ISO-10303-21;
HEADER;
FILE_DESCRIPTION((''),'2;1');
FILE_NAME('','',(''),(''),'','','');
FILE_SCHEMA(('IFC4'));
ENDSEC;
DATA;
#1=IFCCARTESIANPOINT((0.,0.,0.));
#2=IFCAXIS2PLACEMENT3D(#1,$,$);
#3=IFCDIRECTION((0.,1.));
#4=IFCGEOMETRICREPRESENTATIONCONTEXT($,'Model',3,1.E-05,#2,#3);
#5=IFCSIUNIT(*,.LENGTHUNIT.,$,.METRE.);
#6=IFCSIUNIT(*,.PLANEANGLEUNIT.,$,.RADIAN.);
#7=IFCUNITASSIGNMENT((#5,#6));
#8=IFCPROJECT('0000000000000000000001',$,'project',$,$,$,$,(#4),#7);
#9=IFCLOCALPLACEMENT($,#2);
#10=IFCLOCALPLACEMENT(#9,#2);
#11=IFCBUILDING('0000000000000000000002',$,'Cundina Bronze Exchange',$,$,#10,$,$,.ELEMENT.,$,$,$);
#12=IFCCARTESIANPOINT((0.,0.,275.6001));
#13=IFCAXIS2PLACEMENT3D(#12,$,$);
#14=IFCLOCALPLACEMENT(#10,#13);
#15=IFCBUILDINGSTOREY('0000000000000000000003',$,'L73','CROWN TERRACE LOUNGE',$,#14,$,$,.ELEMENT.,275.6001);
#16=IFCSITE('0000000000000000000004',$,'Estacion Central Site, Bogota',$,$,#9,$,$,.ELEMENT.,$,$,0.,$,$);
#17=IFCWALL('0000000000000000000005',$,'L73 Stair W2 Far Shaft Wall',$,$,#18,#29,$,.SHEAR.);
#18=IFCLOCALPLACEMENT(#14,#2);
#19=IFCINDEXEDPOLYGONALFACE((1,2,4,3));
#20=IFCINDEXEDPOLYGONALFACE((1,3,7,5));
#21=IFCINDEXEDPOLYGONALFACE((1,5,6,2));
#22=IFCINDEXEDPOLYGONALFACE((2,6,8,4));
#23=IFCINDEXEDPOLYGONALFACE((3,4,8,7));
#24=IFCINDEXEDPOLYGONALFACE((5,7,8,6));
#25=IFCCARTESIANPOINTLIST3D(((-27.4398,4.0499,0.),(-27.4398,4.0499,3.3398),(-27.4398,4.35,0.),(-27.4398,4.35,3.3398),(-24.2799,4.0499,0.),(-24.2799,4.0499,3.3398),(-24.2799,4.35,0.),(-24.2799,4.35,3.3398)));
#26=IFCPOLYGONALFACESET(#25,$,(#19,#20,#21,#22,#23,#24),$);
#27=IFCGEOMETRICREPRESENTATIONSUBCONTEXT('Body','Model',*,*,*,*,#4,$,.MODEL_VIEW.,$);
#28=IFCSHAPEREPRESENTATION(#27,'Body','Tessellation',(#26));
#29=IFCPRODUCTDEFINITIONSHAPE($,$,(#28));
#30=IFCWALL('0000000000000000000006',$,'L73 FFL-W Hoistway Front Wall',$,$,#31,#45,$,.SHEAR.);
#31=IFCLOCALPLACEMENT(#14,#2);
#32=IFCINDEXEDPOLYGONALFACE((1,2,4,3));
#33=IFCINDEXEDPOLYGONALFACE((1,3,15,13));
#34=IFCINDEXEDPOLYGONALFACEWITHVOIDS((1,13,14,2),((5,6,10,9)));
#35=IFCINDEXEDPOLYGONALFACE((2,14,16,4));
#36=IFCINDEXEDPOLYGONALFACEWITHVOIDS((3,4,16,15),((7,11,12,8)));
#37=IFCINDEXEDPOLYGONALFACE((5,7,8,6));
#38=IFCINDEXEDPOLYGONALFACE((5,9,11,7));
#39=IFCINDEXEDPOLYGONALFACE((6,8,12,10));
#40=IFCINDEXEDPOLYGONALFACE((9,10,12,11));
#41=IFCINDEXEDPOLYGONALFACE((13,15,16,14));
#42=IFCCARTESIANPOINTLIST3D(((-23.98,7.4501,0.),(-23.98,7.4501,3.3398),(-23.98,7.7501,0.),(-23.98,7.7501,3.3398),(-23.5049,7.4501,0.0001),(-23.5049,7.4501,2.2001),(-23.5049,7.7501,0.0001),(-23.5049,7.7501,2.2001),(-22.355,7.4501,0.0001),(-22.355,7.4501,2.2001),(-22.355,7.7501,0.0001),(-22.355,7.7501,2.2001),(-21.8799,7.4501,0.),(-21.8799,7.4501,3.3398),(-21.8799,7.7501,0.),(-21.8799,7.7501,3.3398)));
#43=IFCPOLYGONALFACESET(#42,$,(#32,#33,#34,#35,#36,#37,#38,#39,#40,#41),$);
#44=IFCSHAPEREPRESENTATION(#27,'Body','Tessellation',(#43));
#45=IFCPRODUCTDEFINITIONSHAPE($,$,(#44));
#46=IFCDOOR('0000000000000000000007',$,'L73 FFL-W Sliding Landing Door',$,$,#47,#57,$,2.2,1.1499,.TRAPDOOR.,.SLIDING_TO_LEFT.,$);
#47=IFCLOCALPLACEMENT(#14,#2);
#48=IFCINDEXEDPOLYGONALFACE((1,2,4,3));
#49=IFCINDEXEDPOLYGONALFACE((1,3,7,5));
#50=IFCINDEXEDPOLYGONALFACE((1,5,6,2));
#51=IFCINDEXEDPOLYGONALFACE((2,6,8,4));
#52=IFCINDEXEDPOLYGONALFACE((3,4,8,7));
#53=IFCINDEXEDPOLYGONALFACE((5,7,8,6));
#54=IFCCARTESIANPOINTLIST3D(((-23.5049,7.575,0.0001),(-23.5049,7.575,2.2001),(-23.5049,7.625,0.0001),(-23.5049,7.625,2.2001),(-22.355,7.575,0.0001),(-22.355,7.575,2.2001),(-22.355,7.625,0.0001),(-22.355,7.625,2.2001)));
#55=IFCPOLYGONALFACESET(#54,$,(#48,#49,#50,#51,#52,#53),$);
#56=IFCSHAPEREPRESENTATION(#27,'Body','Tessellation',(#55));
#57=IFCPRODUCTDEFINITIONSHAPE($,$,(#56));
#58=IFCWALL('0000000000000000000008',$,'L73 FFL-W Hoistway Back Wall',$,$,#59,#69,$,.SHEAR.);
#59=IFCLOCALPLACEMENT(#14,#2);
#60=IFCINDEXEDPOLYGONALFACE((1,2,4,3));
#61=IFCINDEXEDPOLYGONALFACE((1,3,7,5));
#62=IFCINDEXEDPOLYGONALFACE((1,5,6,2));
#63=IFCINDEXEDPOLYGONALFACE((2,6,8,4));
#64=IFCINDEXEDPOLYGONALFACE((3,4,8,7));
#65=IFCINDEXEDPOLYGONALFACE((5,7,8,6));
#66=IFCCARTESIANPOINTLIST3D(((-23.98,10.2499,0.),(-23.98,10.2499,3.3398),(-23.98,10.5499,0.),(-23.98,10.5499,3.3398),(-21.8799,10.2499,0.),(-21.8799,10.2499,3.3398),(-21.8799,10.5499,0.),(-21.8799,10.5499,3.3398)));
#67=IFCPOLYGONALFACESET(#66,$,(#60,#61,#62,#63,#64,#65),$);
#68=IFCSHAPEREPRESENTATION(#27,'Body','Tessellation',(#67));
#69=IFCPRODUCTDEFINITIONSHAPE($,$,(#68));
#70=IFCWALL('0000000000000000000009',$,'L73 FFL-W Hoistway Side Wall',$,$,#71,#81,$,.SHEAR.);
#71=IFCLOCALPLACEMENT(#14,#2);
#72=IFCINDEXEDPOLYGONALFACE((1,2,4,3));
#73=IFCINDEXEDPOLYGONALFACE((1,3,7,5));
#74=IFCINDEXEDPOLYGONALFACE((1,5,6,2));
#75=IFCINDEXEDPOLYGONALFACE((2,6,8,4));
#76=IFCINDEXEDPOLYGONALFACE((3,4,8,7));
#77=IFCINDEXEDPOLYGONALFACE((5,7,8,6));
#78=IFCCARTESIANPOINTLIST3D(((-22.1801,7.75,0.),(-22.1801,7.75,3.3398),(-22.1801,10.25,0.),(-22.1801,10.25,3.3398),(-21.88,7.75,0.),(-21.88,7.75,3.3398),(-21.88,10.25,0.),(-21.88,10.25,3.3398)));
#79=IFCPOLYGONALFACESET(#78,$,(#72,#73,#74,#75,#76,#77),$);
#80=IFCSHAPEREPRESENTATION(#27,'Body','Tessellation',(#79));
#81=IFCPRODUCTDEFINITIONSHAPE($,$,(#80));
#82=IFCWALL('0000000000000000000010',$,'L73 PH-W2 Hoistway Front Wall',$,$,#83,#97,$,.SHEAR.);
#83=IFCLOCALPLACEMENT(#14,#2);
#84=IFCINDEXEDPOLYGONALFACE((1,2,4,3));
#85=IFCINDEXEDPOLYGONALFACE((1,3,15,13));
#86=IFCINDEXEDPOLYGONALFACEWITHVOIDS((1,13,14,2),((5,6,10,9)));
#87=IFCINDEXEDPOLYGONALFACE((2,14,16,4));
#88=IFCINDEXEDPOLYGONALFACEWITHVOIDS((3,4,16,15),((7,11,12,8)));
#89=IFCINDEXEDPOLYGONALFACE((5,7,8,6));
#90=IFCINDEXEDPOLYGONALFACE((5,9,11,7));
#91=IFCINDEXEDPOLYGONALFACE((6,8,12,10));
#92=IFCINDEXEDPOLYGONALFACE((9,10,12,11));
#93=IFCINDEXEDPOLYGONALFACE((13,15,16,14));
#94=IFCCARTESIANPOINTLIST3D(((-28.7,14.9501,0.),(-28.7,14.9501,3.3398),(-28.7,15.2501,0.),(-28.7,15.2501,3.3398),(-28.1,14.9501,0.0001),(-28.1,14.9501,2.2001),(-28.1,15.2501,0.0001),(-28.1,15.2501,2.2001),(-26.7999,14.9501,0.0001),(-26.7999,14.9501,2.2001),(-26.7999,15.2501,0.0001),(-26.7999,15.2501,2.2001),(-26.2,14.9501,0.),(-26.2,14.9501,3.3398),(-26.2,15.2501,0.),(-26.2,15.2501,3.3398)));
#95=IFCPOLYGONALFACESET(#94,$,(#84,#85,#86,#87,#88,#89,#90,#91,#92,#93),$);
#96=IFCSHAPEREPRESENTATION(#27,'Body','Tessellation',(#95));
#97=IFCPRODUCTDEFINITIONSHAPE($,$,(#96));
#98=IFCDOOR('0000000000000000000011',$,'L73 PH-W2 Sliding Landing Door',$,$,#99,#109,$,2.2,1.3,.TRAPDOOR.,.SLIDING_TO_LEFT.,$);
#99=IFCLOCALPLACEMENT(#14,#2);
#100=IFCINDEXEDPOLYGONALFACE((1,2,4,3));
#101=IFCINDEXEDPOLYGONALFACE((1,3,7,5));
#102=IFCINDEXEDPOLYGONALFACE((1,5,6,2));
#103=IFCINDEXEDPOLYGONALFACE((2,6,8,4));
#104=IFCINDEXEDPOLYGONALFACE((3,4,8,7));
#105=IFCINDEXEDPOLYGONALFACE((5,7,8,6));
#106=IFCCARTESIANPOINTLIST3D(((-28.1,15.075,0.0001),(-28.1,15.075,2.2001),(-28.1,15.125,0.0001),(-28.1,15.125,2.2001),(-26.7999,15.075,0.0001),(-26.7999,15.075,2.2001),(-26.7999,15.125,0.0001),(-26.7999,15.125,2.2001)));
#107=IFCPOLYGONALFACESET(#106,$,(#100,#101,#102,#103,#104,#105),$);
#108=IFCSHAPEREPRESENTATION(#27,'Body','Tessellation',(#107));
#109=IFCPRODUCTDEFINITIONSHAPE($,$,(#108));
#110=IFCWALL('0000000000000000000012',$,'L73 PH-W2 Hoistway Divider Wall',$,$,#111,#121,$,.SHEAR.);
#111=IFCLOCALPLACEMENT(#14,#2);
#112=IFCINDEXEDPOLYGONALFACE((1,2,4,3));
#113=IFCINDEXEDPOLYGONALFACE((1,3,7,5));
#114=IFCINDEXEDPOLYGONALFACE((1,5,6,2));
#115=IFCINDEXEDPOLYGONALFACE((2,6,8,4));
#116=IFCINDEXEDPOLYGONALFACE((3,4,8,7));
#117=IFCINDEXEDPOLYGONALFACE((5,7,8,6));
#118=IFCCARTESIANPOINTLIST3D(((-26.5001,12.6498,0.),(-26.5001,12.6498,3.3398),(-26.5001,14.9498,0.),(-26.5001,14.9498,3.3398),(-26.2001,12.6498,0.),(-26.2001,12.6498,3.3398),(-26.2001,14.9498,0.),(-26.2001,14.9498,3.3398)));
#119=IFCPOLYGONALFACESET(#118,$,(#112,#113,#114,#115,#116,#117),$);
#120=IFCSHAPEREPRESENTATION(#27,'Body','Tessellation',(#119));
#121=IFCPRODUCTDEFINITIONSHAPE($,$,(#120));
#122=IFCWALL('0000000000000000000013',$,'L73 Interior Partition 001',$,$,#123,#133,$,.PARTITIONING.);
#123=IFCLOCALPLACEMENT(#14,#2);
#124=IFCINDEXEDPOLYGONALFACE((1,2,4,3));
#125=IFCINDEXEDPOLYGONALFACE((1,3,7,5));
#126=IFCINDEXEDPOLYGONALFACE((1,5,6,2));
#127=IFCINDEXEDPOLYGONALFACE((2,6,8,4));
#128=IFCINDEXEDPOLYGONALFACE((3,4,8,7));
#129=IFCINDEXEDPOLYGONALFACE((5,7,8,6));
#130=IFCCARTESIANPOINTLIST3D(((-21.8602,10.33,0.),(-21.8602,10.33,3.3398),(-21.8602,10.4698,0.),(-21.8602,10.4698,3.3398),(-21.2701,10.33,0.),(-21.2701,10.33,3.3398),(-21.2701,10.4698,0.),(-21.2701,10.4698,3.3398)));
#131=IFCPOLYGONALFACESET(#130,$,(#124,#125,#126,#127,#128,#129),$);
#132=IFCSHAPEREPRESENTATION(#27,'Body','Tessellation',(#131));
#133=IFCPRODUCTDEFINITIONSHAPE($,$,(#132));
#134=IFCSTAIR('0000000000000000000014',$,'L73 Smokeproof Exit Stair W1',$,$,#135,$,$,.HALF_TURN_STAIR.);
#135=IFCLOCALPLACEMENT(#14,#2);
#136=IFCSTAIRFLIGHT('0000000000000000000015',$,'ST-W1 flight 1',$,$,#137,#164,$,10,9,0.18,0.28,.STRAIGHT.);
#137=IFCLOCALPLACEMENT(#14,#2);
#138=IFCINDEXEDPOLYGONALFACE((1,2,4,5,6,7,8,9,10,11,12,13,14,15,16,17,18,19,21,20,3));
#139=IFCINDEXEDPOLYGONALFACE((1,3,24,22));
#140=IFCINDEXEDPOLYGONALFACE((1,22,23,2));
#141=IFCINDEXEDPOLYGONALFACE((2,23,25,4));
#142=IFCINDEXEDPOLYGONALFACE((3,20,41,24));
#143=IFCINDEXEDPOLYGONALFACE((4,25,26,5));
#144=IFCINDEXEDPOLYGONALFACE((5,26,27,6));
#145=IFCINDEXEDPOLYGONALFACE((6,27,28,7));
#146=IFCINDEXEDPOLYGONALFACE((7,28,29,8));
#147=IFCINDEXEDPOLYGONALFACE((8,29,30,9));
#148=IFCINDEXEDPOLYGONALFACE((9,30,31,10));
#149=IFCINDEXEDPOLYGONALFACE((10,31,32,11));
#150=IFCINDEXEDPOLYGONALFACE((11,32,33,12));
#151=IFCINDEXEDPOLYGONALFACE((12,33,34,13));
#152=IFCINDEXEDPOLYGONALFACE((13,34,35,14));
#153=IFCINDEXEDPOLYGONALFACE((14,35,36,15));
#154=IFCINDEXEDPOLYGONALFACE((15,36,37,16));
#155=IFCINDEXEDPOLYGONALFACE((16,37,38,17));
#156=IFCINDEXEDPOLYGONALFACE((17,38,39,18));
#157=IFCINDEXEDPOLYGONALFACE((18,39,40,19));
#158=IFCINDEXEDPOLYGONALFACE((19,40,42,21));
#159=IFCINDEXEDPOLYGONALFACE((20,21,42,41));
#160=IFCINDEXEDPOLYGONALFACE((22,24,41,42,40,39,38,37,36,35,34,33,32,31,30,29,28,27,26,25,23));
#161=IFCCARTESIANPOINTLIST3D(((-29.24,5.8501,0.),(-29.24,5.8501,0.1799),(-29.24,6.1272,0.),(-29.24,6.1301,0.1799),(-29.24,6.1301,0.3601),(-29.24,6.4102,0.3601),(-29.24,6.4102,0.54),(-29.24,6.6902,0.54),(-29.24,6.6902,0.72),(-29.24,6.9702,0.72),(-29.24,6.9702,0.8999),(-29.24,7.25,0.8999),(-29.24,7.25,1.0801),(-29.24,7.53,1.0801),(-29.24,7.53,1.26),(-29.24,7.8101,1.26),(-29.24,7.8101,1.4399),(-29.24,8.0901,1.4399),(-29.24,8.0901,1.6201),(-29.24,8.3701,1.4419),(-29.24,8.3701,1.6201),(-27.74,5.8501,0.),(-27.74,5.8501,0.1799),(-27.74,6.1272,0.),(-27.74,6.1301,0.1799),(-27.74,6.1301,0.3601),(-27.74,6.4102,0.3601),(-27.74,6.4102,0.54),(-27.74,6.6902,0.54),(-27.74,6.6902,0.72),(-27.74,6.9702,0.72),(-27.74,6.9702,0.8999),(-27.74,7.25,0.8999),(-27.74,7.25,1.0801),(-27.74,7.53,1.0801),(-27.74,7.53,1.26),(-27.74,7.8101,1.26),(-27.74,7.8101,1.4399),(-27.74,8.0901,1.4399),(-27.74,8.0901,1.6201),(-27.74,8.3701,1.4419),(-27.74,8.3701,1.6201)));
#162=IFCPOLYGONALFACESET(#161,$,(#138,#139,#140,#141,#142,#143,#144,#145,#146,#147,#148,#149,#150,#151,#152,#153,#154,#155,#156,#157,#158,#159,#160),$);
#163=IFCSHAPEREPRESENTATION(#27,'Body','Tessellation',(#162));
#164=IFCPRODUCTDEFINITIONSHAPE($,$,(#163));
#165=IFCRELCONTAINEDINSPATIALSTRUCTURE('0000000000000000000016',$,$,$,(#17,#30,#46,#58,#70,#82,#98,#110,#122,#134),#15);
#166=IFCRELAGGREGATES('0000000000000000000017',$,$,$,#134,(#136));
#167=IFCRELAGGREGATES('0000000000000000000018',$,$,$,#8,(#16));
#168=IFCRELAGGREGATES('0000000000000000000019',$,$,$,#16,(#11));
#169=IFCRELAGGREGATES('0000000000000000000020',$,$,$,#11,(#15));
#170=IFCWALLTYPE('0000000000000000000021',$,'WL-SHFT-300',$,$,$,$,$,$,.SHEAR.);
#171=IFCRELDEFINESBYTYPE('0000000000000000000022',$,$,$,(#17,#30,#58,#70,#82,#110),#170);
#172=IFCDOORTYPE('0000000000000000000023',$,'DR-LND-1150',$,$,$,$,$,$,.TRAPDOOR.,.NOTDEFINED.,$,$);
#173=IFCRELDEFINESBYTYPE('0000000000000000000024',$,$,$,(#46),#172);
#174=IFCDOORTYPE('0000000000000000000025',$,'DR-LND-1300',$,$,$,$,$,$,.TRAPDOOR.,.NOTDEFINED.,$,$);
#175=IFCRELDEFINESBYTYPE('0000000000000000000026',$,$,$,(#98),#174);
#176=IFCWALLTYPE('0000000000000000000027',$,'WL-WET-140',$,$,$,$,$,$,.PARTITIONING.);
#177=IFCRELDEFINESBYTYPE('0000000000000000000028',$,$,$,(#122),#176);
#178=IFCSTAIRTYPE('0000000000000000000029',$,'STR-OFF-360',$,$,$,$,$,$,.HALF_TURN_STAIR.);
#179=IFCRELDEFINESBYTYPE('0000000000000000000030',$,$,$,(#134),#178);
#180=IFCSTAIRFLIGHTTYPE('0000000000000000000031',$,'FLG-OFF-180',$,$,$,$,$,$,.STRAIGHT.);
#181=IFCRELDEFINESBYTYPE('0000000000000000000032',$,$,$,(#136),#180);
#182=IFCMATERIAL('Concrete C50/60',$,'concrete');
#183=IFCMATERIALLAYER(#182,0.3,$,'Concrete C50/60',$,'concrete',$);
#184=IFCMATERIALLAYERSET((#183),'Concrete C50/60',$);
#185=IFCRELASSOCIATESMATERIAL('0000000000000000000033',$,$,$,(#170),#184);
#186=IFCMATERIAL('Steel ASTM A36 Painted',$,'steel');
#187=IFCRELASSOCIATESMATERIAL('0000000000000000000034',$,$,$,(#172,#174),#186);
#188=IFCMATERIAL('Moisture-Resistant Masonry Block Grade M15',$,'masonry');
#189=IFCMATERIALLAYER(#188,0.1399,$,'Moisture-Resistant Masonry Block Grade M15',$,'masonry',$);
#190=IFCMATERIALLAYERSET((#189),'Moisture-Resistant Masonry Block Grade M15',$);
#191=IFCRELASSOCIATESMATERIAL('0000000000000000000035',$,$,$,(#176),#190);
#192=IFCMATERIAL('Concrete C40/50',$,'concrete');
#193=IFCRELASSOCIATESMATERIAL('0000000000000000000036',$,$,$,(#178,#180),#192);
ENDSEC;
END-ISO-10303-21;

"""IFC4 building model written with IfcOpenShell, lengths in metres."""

from ifc_helpers import new_model, si_unit, direction, frame, frame_2d, origin, place, context, subcontext, project, spatial, polyline, rectangle, outline, extrude, material, layer, layer_set, type_object, element, fill, aggregate, save


model = new_model("IFC4")

# Units and contexts
model_context = context("Model", 3, precision=1e-05, world=origin(), true_north=direction((0.0, 1.0)))
body_context = subcontext(model_context, "Body", "Model", "MODEL_VIEW")
ifc_project = project(units=[si_unit("LENGTHUNIT", "METRE"), si_unit("PLANEANGLEUNIT", "RADIAN")], contexts=[model_context])

# Site, building, storey
site_placement = place(None, origin())
site = spatial("IfcSite", under=ifc_project, at=site_placement, Name="Estacion Central Site, Bogota", CompositionType="ELEMENT", RefElevation=0.0)
building_placement = place(site_placement, origin())
building = spatial("IfcBuilding", under=site, at=building_placement, Name="Cundina Bronze Exchange", CompositionType="ELEMENT")
storey_placement = place(building_placement, frame((0.0, 0.0, 275.6001)))
storey = spatial("IfcBuildingStorey", under=building, at=storey_placement, Name="L73", Description="CROWN TERRACE LOUNGE", CompositionType="ELEMENT", Elevation=275.6001)

# Shared definitions
ifc_material_1 = material(Name="Concrete C50/60", Category="concrete")
ifc_layer_1 = layer(ifc_material_1, 0.3, Name="Concrete C50/60", Category="concrete")
ifc_layer_set_1 = layer_set([ifc_layer_1], Name="Concrete C50/60")
wall_type_1 = type_object("IfcWallType", Name="WL-SHFT-300", PredefinedType="SHEAR", material=ifc_layer_set_1)
ifc_material_2 = material(Name="Steel ASTM A36 Painted", Category="steel")

# Wall
wall_1_placement = place(storey_placement, frame((-27.4399, 4.2, 0.0), z_axis=(0.0, 0.0, 1.0), x_axis=(1.0, 0.0, 0.0)))
element("IfcWall", 1, at=wall_1_placement, inside=storey, type_object=wall_type_1, Name="L73 Stair W2 Far Shaft Wall", PredefinedType="SHEAR", context=body_context, shape_type="SweptSolid", body=[
    extrude(rectangle(XDim=3.1599, YDim=0.3, at=frame_2d((1.5801, 0.0))), origin(), (0.0, 0.0, 1.0), 3.3398),
])

# Wall, opening, door
wall_2_placement = place(storey_placement, frame((-23.98, 7.6001, 0.0), z_axis=(0.0, 0.0, 1.0), x_axis=(1.0, 0.0, 0.0)))
wall_2 = element("IfcWall", 2, at=wall_2_placement, inside=storey, type_object=wall_type_1, Name="L73 FFL-W Hoistway Front Wall", PredefinedType="SHEAR", context=body_context, shape_type="SweptSolid", body=[
    extrude(rectangle(XDim=2.1001, YDim=0.3, at=frame_2d((1.05, 0.0))), origin(), (0.0, 0.0, 1.0), 3.3398),
])
opening_1_placement = place(wall_2_placement, frame((0.4751, 0.0, 0.0)))
opening_1 = element("IfcOpeningElement", 3, at=opening_1_placement, cuts=wall_2, PredefinedType="OPENING", context=body_context, shape_type="SweptSolid", body=[
    extrude(rectangle(XDim=1.1499, YDim=2.2, at=frame_2d((0.575, 1.1001))), frame((0.0, 0.1599, 0.0), z_axis=(0.0, -1.0, 0.0), x_axis=(1.0, 0.0, 0.0)), (0.0, 0.0, 1.0), 0.3201),
])
door_type_1 = type_object("IfcDoorType", Name="DR-LND-1150", OperationType="NOTDEFINED", PredefinedType="TRAPDOOR", material=ifc_material_2)
door_1_placement = place(opening_1_placement, origin())
door_1 = element("IfcDoor", 4, at=door_1_placement, inside=storey, type_object=door_type_1, Name="L73 FFL-W Sliding Landing Door", OperationType="SLIDING_TO_LEFT", OverallHeight=2.2, OverallWidth=1.1499, PredefinedType="TRAPDOOR", context=body_context, shape_type="SweptSolid", body=[
    extrude(rectangle(XDim=1.1499, YDim=2.2, at=frame_2d((0.575, 1.1001))), frame((0.0, 0.0249, 0.0), z_axis=(0.0, -1.0, 0.0), x_axis=(1.0, 0.0, 0.0)), (0.0, 0.0, 1.0), 0.05),
])
fill(opening_1, door_1)

# Walls
wall_3_placement = place(storey_placement, frame((-23.98, 10.3999, 0.0), z_axis=(0.0, 0.0, 1.0), x_axis=(1.0, 0.0, 0.0)))
element("IfcWall", 5, at=wall_3_placement, inside=storey, type_object=wall_type_1, Name="L73 FFL-W Hoistway Back Wall", PredefinedType="SHEAR", context=body_context, shape_type="SweptSolid", body=[
    extrude(rectangle(XDim=2.1001, YDim=0.3, at=frame_2d((1.05, 0.0))), origin(), (0.0, 0.0, 1.0), 3.3398),
])
wall_4_placement = place(storey_placement, frame((-22.03, 7.75, 0.0), z_axis=(0.0, 0.0, 1.0), x_axis=(0.0, 1.0, 0.0)))
element("IfcWall", 6, at=wall_4_placement, inside=storey, type_object=wall_type_1, Name="L73 FFL-W Hoistway Side Wall", PredefinedType="SHEAR", context=body_context, shape_type="SweptSolid", body=[
    extrude(rectangle(XDim=2.5, YDim=0.3, at=frame_2d((1.25, 0.0))), origin(), (0.0, 0.0, 1.0), 3.3398),
])

# Wall, opening, door
wall_5_placement = place(storey_placement, frame((-28.7, 15.1001, 0.0), z_axis=(0.0, 0.0, 1.0), x_axis=(1.0, 0.0, 0.0)))
wall_5 = element("IfcWall", 7, at=wall_5_placement, inside=storey, type_object=wall_type_1, Name="L73 PH-W2 Hoistway Front Wall", PredefinedType="SHEAR", context=body_context, shape_type="SweptSolid", body=[
    extrude(rectangle(XDim=2.5, YDim=0.3, at=frame_2d((1.25, 0.0))), origin(), (0.0, 0.0, 1.0), 3.3398),
])
opening_2_placement = place(wall_5_placement, frame((0.6001, 0.0, 0.0)))
opening_2 = element("IfcOpeningElement", 8, at=opening_2_placement, cuts=wall_5, PredefinedType="OPENING", context=body_context, shape_type="SweptSolid", body=[
    extrude(rectangle(XDim=1.3, YDim=2.2, at=frame_2d((0.6499, 1.1001))), frame((0.0, 0.1599, 0.0), z_axis=(0.0, -1.0, 0.0), x_axis=(1.0, 0.0, 0.0)), (0.0, 0.0, 1.0), 0.3201),
])
door_type_2 = type_object("IfcDoorType", Name="DR-LND-1300", OperationType="NOTDEFINED", PredefinedType="TRAPDOOR", material=ifc_material_2)
door_2_placement = place(opening_2_placement, origin())
door_2 = element("IfcDoor", 9, at=door_2_placement, inside=storey, type_object=door_type_2, Name="L73 PH-W2 Sliding Landing Door", OperationType="SLIDING_TO_LEFT", OverallHeight=2.2, OverallWidth=1.3, PredefinedType="TRAPDOOR", context=body_context, shape_type="SweptSolid", body=[
    extrude(rectangle(XDim=1.3, YDim=2.2, at=frame_2d((0.6499, 1.1001))), frame((0.0, 0.0249, 0.0), z_axis=(0.0, -1.0, 0.0), x_axis=(1.0, 0.0, 0.0)), (0.0, 0.0, 1.0), 0.05),
])
fill(opening_2, door_2)

# Walls
wall_6_placement = place(storey_placement, frame((-26.3501, 12.6499, 0.0), z_axis=(0.0, 0.0, 1.0), x_axis=(0.0, 1.0, 0.0)))
element("IfcWall", 10, at=wall_6_placement, inside=storey, type_object=wall_type_1, Name="L73 PH-W2 Hoistway Divider Wall", PredefinedType="SHEAR", context=body_context, shape_type="SweptSolid", body=[
    extrude(rectangle(XDim=2.3, YDim=0.3, at=frame_2d((1.1499, 0.0))), origin(), (0.0, 0.0, 1.0), 3.3398),
])
ifc_material_3 = material(Name="Moisture-Resistant Masonry Block Grade M15", Category="masonry")
ifc_layer_2 = layer(ifc_material_3, 0.1399, Name="Moisture-Resistant Masonry Block Grade M15", Category="masonry")
ifc_layer_set_2 = layer_set([ifc_layer_2], Name="Moisture-Resistant Masonry Block Grade M15")
wall_type_2 = type_object("IfcWallType", Name="WL-WET-140", PredefinedType="PARTITIONING", material=ifc_layer_set_2)
wall_7_placement = place(storey_placement, frame((-21.8601, 10.3999, 0.0), z_axis=(0.0, 0.0, 1.0), x_axis=(1.0, 0.0, 0.0)))
element("IfcWall", 11, at=wall_7_placement, inside=storey, type_object=wall_type_2, Name="L73 Interior Partition 001", PredefinedType="PARTITIONING", context=body_context, shape_type="SweptSolid", body=[
    extrude(rectangle(XDim=0.5901, YDim=0.1399, at=frame_2d((0.2949, 0.0))), origin(), (0.0, 0.0, 1.0), 3.3398),
])

# Stair, stair flight
ifc_material_4 = material(Name="Concrete C40/50", Category="concrete")
stair_type = type_object("IfcStairType", Name="STR-OFF-360", PredefinedType="HALF_TURN_STAIR", material=ifc_material_4)
stair_1_placement = place(storey_placement, origin())
stair_1 = element("IfcStair", 12, at=stair_1_placement, inside=storey, type_object=stair_type, Name="L73 Smokeproof Exit Stair W1", PredefinedType="HALF_TURN_STAIR")
stair_flight_type = type_object("IfcStairFlightType", Name="FLG-OFF-180", PredefinedType="STRAIGHT", material=ifc_material_4)
stair_flight_1_placement = place(storey_placement, frame((-28.49, 5.8501, 0.0), z_axis=(0.0, 0.0, 1.0), x_axis=(0.0, 1.0, 0.0)))
stair_flight_1 = element("IfcStairFlight", 13, at=stair_flight_1_placement, type_object=stair_flight_type, Name="ST-W1 flight 1", NumberOfRisers=10, NumberOfTreads=9, PredefinedType="STRAIGHT", RiserHeight=0.18, TreadLength=0.28, context=body_context, shape_type="SweptSolid", body=[
    extrude(outline(polyline([(0.0, 0.0), (0.0, 0.1799), (0.28, 0.1799), (0.28, 0.3601), (0.5601, 0.3601), (0.5601, 0.54), (0.8401, 0.54), (0.8401, 0.72), (1.1201, 0.72), (1.1201, 0.8999), (1.3999, 0.8999), (1.3999, 1.0801), (1.6799, 1.0801), (1.6799, 1.26), (1.96, 1.26), (1.96, 1.4399), (2.24, 1.4399), (2.24, 1.6201), (2.52, 1.6201), (2.52, 1.8), (2.52, 1.4419), (0.2771, 0.0), (0.0, 0.0)])), frame((0.0, 0.75, 0.0), z_axis=(0.0, -1.0, 0.0), x_axis=(1.0, 0.0, 0.0)), (0.0, 0.0, 1.0), 1.5),
])
aggregate(stair_1, [stair_flight_1])

save(model, "model.ifc")
